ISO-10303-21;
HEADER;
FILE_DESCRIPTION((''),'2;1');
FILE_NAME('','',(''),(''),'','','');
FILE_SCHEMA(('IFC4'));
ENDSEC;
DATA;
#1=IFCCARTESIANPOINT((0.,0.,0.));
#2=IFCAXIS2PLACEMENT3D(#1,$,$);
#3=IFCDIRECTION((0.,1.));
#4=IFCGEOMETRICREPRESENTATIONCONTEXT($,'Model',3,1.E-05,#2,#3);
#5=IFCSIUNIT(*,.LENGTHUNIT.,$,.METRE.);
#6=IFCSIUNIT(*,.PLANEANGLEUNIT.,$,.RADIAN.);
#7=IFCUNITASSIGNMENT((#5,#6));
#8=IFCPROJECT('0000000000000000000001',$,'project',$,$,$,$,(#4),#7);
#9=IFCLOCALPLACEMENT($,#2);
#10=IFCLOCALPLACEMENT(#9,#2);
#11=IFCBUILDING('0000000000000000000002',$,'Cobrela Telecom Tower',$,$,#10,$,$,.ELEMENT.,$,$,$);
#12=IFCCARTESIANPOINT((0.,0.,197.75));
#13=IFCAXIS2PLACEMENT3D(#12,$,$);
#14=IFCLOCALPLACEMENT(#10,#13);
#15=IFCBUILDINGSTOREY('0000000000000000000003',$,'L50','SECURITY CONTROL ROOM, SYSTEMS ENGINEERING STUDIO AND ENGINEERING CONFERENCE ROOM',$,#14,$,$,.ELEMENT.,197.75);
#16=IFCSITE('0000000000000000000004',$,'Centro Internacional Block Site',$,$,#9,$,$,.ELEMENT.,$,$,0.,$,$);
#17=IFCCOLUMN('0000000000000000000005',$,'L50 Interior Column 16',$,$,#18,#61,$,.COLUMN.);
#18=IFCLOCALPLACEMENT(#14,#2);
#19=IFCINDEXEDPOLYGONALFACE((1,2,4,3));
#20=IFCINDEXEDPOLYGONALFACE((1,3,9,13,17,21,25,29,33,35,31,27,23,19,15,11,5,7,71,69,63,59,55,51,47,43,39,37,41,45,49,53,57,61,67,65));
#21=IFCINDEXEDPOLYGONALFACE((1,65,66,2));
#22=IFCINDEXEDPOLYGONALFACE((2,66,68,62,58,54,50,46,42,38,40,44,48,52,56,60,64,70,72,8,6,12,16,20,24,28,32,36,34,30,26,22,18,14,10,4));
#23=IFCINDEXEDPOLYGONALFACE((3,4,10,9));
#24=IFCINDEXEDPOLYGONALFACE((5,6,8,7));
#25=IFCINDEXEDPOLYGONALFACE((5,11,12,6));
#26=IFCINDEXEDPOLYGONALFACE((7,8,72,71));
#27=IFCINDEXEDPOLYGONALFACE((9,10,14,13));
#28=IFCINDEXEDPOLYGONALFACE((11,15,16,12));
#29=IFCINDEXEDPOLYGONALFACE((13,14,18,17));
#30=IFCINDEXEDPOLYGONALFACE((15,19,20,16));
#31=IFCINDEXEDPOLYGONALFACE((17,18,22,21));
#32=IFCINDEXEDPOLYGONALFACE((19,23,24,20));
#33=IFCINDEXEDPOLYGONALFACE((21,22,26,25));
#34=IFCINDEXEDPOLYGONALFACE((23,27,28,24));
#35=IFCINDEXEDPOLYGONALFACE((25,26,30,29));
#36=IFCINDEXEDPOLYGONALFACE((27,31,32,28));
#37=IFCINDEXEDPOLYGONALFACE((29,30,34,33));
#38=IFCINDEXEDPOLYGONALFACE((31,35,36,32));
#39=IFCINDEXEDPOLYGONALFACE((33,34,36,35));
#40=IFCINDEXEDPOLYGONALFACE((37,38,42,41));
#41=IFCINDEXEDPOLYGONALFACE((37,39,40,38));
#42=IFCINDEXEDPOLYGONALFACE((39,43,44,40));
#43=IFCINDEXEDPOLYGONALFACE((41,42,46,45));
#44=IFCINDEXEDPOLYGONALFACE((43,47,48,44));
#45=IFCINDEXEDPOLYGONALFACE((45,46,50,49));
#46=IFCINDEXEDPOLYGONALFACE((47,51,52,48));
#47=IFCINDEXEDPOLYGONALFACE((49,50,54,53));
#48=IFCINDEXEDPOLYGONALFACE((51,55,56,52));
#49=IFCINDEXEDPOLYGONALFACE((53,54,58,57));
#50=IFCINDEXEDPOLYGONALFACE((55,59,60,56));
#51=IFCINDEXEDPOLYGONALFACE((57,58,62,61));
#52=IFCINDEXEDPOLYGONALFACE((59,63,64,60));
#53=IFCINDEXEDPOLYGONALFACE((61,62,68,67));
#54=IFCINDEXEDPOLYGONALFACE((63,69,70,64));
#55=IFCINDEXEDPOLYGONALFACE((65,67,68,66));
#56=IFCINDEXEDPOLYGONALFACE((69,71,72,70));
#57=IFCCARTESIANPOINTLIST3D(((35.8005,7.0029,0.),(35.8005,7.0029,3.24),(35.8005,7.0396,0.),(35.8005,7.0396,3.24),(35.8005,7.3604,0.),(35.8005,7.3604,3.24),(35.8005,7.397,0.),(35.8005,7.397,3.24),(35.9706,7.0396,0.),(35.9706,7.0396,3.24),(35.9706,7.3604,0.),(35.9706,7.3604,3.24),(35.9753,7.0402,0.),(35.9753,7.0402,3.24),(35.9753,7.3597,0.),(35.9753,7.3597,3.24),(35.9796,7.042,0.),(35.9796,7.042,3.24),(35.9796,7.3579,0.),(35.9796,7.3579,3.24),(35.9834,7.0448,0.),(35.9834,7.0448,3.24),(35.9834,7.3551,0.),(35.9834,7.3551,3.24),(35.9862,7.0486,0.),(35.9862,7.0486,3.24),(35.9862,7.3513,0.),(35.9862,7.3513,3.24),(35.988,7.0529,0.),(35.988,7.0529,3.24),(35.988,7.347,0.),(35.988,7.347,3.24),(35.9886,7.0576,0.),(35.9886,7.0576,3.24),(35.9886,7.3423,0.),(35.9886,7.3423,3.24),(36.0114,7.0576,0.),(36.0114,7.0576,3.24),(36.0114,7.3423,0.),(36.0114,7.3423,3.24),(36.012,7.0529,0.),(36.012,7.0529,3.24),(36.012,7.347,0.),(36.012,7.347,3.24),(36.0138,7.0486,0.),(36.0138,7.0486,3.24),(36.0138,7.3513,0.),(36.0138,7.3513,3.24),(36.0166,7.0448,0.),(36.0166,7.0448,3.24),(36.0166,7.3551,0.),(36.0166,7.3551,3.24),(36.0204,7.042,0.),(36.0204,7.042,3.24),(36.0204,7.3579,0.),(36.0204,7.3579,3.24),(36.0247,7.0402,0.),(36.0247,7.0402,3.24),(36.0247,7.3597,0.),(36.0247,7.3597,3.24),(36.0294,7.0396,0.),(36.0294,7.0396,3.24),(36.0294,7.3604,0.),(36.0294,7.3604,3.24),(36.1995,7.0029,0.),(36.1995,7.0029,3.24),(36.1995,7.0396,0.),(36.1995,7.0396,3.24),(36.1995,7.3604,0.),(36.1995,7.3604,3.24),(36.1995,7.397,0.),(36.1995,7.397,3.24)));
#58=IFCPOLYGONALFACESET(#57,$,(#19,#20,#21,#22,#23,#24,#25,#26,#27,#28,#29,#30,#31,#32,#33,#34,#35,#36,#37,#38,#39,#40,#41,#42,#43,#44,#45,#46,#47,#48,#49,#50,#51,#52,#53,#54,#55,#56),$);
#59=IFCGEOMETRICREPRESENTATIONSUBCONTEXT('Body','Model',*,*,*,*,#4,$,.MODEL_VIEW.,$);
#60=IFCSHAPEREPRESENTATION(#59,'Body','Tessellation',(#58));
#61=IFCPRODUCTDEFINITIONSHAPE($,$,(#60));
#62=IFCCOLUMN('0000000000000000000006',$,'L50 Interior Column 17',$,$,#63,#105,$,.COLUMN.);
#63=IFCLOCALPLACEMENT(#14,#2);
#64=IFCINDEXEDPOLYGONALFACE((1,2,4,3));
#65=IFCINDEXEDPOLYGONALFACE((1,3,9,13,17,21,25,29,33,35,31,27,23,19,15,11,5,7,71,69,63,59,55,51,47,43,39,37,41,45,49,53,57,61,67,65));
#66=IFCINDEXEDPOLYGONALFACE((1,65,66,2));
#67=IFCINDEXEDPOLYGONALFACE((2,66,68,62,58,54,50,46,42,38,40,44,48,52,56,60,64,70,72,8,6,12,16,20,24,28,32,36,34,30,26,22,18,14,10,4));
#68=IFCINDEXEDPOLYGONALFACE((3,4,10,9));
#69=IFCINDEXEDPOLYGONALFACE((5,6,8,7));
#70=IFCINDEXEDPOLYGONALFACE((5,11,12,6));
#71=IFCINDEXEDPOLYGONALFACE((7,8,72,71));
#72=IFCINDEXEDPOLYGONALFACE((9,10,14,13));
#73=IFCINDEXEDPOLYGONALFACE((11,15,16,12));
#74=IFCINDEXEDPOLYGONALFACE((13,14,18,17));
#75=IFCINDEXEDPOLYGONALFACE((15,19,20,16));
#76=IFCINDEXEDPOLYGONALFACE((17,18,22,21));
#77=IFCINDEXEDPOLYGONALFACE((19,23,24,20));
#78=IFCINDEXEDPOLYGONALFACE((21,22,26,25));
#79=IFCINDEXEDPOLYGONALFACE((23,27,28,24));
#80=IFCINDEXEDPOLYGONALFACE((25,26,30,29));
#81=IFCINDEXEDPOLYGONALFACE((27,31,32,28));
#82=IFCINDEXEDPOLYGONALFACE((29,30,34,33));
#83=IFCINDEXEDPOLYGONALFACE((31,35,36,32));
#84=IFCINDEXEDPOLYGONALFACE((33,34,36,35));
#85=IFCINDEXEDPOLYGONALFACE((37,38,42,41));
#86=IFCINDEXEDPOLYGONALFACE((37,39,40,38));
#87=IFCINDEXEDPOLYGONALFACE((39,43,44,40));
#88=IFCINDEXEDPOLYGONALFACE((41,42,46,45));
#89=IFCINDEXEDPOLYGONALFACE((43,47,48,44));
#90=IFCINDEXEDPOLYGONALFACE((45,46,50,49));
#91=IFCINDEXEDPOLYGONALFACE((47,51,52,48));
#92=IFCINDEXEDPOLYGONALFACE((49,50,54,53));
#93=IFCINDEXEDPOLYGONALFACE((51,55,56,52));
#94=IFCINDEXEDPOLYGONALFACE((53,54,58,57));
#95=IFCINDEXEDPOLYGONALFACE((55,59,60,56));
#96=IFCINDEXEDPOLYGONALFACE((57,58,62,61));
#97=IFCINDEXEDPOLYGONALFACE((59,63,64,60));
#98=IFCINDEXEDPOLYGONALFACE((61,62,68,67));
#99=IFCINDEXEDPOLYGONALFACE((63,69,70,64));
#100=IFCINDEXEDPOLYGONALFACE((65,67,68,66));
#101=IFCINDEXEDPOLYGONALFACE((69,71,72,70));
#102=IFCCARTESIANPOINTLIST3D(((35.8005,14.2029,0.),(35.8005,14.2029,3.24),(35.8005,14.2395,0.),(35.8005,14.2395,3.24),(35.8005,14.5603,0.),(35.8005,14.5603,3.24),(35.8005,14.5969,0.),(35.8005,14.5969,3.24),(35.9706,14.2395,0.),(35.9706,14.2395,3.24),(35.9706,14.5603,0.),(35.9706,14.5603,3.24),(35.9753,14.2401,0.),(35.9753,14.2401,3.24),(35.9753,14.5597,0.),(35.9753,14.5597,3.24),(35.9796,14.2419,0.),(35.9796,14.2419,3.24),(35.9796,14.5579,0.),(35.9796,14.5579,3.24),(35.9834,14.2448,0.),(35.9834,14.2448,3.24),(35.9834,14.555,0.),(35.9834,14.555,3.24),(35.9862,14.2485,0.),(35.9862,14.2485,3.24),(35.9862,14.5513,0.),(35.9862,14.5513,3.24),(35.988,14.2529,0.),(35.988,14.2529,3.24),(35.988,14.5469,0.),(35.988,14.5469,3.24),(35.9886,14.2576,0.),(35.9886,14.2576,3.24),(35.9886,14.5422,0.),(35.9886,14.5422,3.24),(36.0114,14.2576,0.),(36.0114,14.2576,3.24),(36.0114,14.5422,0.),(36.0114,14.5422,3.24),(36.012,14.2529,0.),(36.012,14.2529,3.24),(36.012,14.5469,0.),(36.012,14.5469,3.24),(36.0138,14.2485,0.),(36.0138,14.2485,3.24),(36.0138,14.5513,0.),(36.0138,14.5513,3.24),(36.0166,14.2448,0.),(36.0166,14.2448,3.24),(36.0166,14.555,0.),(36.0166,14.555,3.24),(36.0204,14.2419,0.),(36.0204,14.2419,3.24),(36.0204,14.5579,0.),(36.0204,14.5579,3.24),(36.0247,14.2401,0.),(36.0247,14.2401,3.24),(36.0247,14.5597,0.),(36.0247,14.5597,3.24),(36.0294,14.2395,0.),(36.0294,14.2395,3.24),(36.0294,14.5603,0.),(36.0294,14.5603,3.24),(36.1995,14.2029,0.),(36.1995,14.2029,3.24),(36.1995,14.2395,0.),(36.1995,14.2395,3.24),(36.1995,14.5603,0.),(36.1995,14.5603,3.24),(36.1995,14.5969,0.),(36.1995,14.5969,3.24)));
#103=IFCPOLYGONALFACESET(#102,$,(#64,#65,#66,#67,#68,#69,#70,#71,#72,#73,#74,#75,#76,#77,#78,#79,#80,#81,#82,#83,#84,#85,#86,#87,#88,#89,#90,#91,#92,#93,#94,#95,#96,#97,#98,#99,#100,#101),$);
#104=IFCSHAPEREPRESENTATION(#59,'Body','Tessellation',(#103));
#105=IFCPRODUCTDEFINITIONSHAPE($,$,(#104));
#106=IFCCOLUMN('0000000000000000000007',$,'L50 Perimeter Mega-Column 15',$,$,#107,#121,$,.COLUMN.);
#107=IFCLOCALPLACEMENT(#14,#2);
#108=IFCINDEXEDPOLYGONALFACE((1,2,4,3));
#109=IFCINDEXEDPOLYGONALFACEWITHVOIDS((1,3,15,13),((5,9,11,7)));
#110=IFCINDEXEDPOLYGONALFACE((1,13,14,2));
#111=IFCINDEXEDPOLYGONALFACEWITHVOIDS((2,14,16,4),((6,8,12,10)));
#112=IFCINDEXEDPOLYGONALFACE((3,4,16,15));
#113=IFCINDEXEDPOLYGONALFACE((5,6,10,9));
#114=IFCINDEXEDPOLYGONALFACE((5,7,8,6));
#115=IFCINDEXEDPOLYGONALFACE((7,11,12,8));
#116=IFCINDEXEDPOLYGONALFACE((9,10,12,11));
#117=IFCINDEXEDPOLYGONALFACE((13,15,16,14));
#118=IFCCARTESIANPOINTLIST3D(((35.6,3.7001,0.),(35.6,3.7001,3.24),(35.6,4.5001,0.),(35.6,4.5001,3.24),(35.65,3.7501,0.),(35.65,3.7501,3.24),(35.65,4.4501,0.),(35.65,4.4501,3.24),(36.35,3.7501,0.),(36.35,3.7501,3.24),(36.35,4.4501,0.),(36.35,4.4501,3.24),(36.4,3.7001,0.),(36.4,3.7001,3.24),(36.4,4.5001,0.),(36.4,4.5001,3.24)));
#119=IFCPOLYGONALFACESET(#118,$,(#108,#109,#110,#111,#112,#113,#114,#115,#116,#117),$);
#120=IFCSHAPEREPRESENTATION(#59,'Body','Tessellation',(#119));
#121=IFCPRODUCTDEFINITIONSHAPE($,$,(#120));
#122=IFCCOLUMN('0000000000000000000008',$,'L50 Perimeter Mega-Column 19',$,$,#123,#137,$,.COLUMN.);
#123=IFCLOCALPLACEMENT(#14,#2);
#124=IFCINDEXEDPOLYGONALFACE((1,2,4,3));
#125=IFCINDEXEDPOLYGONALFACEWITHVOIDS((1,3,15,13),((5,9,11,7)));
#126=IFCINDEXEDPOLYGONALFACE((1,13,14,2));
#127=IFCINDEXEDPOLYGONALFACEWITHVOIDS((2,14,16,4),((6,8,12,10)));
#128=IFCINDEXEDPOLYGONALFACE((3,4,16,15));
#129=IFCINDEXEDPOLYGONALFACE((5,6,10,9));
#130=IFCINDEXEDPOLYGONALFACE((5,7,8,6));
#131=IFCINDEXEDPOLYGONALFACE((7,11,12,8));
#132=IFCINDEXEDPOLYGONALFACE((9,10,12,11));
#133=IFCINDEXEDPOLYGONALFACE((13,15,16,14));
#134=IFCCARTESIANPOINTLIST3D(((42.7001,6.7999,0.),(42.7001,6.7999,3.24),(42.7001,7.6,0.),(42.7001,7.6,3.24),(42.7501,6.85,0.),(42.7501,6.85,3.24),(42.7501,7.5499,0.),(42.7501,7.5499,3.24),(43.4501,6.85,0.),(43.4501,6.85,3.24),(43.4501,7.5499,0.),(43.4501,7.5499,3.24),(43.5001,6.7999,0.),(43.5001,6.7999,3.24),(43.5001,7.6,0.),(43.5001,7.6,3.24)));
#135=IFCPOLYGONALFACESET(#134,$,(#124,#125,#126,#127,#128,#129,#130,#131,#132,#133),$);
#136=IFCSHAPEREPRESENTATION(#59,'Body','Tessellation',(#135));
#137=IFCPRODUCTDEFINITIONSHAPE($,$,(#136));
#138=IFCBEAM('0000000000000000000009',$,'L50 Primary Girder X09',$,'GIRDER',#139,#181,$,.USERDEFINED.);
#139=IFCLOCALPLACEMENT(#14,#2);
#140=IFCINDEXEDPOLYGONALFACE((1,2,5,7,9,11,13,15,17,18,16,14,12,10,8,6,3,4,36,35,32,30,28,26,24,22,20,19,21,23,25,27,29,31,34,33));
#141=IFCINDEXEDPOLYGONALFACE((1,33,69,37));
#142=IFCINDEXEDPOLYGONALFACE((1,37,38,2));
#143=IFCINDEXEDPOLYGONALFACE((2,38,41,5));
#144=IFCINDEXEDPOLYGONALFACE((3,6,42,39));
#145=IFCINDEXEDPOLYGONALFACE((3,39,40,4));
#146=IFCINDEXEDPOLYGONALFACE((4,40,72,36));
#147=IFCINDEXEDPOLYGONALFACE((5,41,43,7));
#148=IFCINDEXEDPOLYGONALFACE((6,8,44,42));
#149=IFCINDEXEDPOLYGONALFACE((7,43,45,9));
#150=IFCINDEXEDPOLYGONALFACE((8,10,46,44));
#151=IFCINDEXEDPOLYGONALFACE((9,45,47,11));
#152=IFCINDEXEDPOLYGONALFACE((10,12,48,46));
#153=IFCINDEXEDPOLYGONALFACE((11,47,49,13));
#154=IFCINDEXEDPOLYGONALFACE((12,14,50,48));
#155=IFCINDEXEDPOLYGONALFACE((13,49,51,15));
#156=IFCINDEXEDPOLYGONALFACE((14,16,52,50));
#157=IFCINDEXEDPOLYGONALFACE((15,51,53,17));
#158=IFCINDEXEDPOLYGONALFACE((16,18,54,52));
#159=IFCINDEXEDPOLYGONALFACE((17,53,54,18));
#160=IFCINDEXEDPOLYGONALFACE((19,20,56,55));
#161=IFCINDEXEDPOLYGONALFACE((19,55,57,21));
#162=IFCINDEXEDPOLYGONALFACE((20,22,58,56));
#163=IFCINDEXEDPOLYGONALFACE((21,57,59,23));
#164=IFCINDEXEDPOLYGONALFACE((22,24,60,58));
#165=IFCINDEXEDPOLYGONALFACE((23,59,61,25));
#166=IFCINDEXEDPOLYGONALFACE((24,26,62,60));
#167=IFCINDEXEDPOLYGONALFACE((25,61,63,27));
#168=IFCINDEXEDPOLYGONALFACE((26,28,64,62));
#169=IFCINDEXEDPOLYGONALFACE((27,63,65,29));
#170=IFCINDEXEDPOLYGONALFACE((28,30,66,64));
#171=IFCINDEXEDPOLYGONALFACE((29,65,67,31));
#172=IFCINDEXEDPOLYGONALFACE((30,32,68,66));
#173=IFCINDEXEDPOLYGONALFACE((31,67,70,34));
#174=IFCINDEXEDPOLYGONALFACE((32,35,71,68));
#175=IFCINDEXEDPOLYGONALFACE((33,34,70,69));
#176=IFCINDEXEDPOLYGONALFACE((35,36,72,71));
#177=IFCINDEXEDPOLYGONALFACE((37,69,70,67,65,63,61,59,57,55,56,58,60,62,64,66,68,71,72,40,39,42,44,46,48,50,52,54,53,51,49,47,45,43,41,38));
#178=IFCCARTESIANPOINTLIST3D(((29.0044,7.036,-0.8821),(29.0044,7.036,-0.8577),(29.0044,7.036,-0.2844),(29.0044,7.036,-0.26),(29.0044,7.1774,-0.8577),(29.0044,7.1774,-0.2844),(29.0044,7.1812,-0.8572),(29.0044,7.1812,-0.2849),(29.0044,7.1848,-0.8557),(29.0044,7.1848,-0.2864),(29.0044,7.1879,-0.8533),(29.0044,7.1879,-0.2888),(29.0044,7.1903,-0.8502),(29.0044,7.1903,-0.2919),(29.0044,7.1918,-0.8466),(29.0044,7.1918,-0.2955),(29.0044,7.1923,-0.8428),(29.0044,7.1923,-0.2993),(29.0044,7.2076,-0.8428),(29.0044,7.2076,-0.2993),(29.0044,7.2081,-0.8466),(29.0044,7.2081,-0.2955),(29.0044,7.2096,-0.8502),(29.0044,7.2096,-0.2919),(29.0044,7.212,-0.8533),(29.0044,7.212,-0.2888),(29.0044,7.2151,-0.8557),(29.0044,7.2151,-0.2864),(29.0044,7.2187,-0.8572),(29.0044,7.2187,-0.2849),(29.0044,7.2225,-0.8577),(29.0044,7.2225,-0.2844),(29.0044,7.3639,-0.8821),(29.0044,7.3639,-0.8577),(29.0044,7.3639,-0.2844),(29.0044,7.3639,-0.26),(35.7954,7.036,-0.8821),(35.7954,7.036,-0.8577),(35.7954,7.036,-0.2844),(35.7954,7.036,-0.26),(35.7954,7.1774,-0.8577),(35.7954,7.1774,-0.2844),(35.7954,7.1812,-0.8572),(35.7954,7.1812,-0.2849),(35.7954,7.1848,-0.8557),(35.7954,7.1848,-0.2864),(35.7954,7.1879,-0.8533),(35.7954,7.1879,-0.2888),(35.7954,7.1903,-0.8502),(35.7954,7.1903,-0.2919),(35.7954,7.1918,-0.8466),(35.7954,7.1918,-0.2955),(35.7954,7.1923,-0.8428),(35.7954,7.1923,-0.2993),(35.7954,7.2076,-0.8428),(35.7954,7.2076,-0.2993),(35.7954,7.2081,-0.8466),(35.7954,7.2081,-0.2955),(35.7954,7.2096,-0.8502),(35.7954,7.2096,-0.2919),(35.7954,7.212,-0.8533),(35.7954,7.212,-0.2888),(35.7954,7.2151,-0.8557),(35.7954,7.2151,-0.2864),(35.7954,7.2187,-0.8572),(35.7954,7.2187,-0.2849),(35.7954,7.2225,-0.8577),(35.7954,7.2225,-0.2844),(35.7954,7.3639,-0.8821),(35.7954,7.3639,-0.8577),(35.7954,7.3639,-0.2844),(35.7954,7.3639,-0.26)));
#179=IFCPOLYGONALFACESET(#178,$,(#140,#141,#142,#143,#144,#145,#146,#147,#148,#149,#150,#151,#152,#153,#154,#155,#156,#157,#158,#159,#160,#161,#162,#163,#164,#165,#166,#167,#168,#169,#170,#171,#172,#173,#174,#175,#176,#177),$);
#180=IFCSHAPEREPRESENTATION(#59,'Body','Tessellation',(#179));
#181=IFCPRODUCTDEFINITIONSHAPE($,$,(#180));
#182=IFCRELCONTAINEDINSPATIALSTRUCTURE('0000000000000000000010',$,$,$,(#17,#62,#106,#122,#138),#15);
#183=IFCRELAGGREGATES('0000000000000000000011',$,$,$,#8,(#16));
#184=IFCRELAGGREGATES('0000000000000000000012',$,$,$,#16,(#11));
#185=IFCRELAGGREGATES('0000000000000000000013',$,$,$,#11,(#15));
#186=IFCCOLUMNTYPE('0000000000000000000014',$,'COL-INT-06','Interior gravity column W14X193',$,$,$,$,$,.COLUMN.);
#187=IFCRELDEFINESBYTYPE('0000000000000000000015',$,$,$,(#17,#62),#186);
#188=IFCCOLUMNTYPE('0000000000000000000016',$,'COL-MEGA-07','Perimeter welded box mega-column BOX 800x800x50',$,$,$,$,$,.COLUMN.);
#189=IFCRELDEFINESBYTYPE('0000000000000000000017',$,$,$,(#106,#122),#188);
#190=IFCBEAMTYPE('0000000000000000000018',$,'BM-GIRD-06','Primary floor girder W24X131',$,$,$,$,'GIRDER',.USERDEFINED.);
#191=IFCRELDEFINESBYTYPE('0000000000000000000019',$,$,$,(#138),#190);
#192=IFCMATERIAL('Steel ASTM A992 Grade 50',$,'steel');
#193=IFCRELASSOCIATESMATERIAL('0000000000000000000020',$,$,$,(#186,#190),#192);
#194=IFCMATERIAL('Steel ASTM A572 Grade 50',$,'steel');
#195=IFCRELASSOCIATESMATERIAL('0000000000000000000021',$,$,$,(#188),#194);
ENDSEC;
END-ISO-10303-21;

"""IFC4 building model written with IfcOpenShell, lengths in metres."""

from ifc_helpers import new_model, si_unit, direction, frame, origin, origin_2d, place, context, subcontext, project, spatial, hollow_rectangle, i_section, extrude, material, material_profile, profile_set, type_object, element, save


model = new_model("IFC4")

# Units and contexts
model_context = context("Model", 3, precision=1e-05, world=origin(), true_north=direction((0.0, 1.0)))
body_context = subcontext(model_context, "Body", "Model", "MODEL_VIEW")
ifc_project = project(units=[si_unit("LENGTHUNIT", "METRE"), si_unit("PLANEANGLEUNIT", "RADIAN")], contexts=[model_context])

# Site, building, storey
site_placement = place(None, origin())
site = spatial("IfcSite", under=ifc_project, at=site_placement, Name="Centro Internacional Block Site", CompositionType="ELEMENT", RefElevation=0.0)
building_placement = place(site_placement, origin())
building = spatial("IfcBuilding", under=site, at=building_placement, Name="Cobrela Telecom Tower", CompositionType="ELEMENT")
storey_placement = place(building_placement, frame((0.0, 0.0, 197.75)))
storey = spatial("IfcBuildingStorey", under=building, at=storey_placement, Name="L50", Description="SECURITY CONTROL ROOM, SYSTEMS ENGINEERING STUDIO AND ENGINEERING CONFERENCE ROOM", CompositionType="ELEMENT", Elevation=197.75)

# Columns
ifc_material_1 = material(Name="Steel ASTM A992 Grade 50", Category="steel")
ifc_material_profile_1 = material_profile(ifc_material_1, i_section(OverallWidth=0.3989, OverallDepth=0.394, WebThickness=0.0227, FlangeThickness=0.0366, FilletRadius=0.0181, at=origin_2d()), Name="W14X193")
ifc_profile_set_1 = profile_set([ifc_material_profile_1], Name="Steel ASTM A992 Grade 50")
column_type_1 = type_object("IfcColumnType", Name="COL-INT-06", Description="Interior gravity column W14X193", PredefinedType="COLUMN", material=ifc_profile_set_1)
for number, where, z_axis, x_axis, name in (
    (1, (36.0, 7.2, 0.0), (0.0, 0.0, 1.0), (1.0, 0.0, 0.0), "L50 Interior Column 16"),
    (2, (36.0, 14.3999, 0.0), (0.0, 0.0, 1.0), (1.0, 0.0, 0.0), "L50 Interior Column 17"),
):
    element("IfcColumn", number, at=place(storey_placement, frame(where, z_axis=z_axis, x_axis=x_axis)), inside=storey, type_object=column_type_1, Name=name, PredefinedType="COLUMN", context=body_context, shape_type="SweptSolid", body=[
        extrude(i_section(OverallWidth=0.3989, OverallDepth=0.394, WebThickness=0.0227, FlangeThickness=0.0366, FilletRadius=0.0181, at=origin_2d()), origin(), (0.0, 0.0, 1.0), 3.24),
    ])
ifc_material_2 = material(Name="Steel ASTM A572 Grade 50", Category="steel")
ifc_material_profile_2 = material_profile(ifc_material_2, hollow_rectangle(XDim=0.8, YDim=0.8, WallThickness=0.05, at=origin_2d()), Name="BOX 800x800x50")
ifc_profile_set_2 = profile_set([ifc_material_profile_2], Name="Steel ASTM A572 Grade 50")
column_type_2 = type_object("IfcColumnType", Name="COL-MEGA-07", Description="Perimeter welded box mega-column BOX 800x800x50", PredefinedType="COLUMN", material=ifc_profile_set_2)
for number, where, z_axis, x_axis, name in (
    (3, (36.0, 4.1001, 0.0), (0.0, 0.0, 1.0), (1.0, 0.0, 0.0), "L50 Perimeter Mega-Column 15"),
    (4, (43.1001, 7.2, 0.0), (0.0, 0.0, 1.0), (1.0, 0.0, 0.0), "L50 Perimeter Mega-Column 19"),
):
    element("IfcColumn", number, at=place(storey_placement, frame(where, z_axis=z_axis, x_axis=x_axis)), inside=storey, type_object=column_type_2, Name=name, PredefinedType="COLUMN", context=body_context, shape_type="SweptSolid", body=[
        extrude(hollow_rectangle(XDim=0.8, YDim=0.8, WallThickness=0.05, at=origin_2d()), origin(), (0.0, 0.0, 1.0), 3.24),
    ])

# Beam
ifc_material_profile_3 = material_profile(ifc_material_1, i_section(OverallWidth=0.3279, OverallDepth=0.6221, WebThickness=0.0154, FlangeThickness=0.0244, FilletRadius=0.0149, at=origin_2d()), Name="W24X131")
ifc_profile_set_3 = profile_set([ifc_material_profile_3], Name="Steel ASTM A992 Grade 50")
beam_type_1 = type_object("IfcBeamType", Name="BM-GIRD-06", Description="Primary floor girder W24X131", ElementType="GIRDER", PredefinedType="USERDEFINED", material=ifc_profile_set_3)
beam_1_placement = place(storey_placement, frame((29.0044, 7.2, -0.571), z_axis=(1.0, 0.0, 0.0), x_axis=(0.0, 1.0, 0.0)))
element("IfcBeam", 5, at=beam_1_placement, inside=storey, type_object=beam_type_1, Name="L50 Primary Girder X09", ObjectType="GIRDER", PredefinedType="USERDEFINED", context=body_context, shape_type="SweptSolid", body=[
    extrude(i_section(OverallWidth=0.3279, OverallDepth=0.6221, WebThickness=0.0154, FlangeThickness=0.0244, FilletRadius=0.0149, at=origin_2d()), origin(), (0.0, 0.0, 1.0), 6.791),
])

save(model, "model.ifc")
